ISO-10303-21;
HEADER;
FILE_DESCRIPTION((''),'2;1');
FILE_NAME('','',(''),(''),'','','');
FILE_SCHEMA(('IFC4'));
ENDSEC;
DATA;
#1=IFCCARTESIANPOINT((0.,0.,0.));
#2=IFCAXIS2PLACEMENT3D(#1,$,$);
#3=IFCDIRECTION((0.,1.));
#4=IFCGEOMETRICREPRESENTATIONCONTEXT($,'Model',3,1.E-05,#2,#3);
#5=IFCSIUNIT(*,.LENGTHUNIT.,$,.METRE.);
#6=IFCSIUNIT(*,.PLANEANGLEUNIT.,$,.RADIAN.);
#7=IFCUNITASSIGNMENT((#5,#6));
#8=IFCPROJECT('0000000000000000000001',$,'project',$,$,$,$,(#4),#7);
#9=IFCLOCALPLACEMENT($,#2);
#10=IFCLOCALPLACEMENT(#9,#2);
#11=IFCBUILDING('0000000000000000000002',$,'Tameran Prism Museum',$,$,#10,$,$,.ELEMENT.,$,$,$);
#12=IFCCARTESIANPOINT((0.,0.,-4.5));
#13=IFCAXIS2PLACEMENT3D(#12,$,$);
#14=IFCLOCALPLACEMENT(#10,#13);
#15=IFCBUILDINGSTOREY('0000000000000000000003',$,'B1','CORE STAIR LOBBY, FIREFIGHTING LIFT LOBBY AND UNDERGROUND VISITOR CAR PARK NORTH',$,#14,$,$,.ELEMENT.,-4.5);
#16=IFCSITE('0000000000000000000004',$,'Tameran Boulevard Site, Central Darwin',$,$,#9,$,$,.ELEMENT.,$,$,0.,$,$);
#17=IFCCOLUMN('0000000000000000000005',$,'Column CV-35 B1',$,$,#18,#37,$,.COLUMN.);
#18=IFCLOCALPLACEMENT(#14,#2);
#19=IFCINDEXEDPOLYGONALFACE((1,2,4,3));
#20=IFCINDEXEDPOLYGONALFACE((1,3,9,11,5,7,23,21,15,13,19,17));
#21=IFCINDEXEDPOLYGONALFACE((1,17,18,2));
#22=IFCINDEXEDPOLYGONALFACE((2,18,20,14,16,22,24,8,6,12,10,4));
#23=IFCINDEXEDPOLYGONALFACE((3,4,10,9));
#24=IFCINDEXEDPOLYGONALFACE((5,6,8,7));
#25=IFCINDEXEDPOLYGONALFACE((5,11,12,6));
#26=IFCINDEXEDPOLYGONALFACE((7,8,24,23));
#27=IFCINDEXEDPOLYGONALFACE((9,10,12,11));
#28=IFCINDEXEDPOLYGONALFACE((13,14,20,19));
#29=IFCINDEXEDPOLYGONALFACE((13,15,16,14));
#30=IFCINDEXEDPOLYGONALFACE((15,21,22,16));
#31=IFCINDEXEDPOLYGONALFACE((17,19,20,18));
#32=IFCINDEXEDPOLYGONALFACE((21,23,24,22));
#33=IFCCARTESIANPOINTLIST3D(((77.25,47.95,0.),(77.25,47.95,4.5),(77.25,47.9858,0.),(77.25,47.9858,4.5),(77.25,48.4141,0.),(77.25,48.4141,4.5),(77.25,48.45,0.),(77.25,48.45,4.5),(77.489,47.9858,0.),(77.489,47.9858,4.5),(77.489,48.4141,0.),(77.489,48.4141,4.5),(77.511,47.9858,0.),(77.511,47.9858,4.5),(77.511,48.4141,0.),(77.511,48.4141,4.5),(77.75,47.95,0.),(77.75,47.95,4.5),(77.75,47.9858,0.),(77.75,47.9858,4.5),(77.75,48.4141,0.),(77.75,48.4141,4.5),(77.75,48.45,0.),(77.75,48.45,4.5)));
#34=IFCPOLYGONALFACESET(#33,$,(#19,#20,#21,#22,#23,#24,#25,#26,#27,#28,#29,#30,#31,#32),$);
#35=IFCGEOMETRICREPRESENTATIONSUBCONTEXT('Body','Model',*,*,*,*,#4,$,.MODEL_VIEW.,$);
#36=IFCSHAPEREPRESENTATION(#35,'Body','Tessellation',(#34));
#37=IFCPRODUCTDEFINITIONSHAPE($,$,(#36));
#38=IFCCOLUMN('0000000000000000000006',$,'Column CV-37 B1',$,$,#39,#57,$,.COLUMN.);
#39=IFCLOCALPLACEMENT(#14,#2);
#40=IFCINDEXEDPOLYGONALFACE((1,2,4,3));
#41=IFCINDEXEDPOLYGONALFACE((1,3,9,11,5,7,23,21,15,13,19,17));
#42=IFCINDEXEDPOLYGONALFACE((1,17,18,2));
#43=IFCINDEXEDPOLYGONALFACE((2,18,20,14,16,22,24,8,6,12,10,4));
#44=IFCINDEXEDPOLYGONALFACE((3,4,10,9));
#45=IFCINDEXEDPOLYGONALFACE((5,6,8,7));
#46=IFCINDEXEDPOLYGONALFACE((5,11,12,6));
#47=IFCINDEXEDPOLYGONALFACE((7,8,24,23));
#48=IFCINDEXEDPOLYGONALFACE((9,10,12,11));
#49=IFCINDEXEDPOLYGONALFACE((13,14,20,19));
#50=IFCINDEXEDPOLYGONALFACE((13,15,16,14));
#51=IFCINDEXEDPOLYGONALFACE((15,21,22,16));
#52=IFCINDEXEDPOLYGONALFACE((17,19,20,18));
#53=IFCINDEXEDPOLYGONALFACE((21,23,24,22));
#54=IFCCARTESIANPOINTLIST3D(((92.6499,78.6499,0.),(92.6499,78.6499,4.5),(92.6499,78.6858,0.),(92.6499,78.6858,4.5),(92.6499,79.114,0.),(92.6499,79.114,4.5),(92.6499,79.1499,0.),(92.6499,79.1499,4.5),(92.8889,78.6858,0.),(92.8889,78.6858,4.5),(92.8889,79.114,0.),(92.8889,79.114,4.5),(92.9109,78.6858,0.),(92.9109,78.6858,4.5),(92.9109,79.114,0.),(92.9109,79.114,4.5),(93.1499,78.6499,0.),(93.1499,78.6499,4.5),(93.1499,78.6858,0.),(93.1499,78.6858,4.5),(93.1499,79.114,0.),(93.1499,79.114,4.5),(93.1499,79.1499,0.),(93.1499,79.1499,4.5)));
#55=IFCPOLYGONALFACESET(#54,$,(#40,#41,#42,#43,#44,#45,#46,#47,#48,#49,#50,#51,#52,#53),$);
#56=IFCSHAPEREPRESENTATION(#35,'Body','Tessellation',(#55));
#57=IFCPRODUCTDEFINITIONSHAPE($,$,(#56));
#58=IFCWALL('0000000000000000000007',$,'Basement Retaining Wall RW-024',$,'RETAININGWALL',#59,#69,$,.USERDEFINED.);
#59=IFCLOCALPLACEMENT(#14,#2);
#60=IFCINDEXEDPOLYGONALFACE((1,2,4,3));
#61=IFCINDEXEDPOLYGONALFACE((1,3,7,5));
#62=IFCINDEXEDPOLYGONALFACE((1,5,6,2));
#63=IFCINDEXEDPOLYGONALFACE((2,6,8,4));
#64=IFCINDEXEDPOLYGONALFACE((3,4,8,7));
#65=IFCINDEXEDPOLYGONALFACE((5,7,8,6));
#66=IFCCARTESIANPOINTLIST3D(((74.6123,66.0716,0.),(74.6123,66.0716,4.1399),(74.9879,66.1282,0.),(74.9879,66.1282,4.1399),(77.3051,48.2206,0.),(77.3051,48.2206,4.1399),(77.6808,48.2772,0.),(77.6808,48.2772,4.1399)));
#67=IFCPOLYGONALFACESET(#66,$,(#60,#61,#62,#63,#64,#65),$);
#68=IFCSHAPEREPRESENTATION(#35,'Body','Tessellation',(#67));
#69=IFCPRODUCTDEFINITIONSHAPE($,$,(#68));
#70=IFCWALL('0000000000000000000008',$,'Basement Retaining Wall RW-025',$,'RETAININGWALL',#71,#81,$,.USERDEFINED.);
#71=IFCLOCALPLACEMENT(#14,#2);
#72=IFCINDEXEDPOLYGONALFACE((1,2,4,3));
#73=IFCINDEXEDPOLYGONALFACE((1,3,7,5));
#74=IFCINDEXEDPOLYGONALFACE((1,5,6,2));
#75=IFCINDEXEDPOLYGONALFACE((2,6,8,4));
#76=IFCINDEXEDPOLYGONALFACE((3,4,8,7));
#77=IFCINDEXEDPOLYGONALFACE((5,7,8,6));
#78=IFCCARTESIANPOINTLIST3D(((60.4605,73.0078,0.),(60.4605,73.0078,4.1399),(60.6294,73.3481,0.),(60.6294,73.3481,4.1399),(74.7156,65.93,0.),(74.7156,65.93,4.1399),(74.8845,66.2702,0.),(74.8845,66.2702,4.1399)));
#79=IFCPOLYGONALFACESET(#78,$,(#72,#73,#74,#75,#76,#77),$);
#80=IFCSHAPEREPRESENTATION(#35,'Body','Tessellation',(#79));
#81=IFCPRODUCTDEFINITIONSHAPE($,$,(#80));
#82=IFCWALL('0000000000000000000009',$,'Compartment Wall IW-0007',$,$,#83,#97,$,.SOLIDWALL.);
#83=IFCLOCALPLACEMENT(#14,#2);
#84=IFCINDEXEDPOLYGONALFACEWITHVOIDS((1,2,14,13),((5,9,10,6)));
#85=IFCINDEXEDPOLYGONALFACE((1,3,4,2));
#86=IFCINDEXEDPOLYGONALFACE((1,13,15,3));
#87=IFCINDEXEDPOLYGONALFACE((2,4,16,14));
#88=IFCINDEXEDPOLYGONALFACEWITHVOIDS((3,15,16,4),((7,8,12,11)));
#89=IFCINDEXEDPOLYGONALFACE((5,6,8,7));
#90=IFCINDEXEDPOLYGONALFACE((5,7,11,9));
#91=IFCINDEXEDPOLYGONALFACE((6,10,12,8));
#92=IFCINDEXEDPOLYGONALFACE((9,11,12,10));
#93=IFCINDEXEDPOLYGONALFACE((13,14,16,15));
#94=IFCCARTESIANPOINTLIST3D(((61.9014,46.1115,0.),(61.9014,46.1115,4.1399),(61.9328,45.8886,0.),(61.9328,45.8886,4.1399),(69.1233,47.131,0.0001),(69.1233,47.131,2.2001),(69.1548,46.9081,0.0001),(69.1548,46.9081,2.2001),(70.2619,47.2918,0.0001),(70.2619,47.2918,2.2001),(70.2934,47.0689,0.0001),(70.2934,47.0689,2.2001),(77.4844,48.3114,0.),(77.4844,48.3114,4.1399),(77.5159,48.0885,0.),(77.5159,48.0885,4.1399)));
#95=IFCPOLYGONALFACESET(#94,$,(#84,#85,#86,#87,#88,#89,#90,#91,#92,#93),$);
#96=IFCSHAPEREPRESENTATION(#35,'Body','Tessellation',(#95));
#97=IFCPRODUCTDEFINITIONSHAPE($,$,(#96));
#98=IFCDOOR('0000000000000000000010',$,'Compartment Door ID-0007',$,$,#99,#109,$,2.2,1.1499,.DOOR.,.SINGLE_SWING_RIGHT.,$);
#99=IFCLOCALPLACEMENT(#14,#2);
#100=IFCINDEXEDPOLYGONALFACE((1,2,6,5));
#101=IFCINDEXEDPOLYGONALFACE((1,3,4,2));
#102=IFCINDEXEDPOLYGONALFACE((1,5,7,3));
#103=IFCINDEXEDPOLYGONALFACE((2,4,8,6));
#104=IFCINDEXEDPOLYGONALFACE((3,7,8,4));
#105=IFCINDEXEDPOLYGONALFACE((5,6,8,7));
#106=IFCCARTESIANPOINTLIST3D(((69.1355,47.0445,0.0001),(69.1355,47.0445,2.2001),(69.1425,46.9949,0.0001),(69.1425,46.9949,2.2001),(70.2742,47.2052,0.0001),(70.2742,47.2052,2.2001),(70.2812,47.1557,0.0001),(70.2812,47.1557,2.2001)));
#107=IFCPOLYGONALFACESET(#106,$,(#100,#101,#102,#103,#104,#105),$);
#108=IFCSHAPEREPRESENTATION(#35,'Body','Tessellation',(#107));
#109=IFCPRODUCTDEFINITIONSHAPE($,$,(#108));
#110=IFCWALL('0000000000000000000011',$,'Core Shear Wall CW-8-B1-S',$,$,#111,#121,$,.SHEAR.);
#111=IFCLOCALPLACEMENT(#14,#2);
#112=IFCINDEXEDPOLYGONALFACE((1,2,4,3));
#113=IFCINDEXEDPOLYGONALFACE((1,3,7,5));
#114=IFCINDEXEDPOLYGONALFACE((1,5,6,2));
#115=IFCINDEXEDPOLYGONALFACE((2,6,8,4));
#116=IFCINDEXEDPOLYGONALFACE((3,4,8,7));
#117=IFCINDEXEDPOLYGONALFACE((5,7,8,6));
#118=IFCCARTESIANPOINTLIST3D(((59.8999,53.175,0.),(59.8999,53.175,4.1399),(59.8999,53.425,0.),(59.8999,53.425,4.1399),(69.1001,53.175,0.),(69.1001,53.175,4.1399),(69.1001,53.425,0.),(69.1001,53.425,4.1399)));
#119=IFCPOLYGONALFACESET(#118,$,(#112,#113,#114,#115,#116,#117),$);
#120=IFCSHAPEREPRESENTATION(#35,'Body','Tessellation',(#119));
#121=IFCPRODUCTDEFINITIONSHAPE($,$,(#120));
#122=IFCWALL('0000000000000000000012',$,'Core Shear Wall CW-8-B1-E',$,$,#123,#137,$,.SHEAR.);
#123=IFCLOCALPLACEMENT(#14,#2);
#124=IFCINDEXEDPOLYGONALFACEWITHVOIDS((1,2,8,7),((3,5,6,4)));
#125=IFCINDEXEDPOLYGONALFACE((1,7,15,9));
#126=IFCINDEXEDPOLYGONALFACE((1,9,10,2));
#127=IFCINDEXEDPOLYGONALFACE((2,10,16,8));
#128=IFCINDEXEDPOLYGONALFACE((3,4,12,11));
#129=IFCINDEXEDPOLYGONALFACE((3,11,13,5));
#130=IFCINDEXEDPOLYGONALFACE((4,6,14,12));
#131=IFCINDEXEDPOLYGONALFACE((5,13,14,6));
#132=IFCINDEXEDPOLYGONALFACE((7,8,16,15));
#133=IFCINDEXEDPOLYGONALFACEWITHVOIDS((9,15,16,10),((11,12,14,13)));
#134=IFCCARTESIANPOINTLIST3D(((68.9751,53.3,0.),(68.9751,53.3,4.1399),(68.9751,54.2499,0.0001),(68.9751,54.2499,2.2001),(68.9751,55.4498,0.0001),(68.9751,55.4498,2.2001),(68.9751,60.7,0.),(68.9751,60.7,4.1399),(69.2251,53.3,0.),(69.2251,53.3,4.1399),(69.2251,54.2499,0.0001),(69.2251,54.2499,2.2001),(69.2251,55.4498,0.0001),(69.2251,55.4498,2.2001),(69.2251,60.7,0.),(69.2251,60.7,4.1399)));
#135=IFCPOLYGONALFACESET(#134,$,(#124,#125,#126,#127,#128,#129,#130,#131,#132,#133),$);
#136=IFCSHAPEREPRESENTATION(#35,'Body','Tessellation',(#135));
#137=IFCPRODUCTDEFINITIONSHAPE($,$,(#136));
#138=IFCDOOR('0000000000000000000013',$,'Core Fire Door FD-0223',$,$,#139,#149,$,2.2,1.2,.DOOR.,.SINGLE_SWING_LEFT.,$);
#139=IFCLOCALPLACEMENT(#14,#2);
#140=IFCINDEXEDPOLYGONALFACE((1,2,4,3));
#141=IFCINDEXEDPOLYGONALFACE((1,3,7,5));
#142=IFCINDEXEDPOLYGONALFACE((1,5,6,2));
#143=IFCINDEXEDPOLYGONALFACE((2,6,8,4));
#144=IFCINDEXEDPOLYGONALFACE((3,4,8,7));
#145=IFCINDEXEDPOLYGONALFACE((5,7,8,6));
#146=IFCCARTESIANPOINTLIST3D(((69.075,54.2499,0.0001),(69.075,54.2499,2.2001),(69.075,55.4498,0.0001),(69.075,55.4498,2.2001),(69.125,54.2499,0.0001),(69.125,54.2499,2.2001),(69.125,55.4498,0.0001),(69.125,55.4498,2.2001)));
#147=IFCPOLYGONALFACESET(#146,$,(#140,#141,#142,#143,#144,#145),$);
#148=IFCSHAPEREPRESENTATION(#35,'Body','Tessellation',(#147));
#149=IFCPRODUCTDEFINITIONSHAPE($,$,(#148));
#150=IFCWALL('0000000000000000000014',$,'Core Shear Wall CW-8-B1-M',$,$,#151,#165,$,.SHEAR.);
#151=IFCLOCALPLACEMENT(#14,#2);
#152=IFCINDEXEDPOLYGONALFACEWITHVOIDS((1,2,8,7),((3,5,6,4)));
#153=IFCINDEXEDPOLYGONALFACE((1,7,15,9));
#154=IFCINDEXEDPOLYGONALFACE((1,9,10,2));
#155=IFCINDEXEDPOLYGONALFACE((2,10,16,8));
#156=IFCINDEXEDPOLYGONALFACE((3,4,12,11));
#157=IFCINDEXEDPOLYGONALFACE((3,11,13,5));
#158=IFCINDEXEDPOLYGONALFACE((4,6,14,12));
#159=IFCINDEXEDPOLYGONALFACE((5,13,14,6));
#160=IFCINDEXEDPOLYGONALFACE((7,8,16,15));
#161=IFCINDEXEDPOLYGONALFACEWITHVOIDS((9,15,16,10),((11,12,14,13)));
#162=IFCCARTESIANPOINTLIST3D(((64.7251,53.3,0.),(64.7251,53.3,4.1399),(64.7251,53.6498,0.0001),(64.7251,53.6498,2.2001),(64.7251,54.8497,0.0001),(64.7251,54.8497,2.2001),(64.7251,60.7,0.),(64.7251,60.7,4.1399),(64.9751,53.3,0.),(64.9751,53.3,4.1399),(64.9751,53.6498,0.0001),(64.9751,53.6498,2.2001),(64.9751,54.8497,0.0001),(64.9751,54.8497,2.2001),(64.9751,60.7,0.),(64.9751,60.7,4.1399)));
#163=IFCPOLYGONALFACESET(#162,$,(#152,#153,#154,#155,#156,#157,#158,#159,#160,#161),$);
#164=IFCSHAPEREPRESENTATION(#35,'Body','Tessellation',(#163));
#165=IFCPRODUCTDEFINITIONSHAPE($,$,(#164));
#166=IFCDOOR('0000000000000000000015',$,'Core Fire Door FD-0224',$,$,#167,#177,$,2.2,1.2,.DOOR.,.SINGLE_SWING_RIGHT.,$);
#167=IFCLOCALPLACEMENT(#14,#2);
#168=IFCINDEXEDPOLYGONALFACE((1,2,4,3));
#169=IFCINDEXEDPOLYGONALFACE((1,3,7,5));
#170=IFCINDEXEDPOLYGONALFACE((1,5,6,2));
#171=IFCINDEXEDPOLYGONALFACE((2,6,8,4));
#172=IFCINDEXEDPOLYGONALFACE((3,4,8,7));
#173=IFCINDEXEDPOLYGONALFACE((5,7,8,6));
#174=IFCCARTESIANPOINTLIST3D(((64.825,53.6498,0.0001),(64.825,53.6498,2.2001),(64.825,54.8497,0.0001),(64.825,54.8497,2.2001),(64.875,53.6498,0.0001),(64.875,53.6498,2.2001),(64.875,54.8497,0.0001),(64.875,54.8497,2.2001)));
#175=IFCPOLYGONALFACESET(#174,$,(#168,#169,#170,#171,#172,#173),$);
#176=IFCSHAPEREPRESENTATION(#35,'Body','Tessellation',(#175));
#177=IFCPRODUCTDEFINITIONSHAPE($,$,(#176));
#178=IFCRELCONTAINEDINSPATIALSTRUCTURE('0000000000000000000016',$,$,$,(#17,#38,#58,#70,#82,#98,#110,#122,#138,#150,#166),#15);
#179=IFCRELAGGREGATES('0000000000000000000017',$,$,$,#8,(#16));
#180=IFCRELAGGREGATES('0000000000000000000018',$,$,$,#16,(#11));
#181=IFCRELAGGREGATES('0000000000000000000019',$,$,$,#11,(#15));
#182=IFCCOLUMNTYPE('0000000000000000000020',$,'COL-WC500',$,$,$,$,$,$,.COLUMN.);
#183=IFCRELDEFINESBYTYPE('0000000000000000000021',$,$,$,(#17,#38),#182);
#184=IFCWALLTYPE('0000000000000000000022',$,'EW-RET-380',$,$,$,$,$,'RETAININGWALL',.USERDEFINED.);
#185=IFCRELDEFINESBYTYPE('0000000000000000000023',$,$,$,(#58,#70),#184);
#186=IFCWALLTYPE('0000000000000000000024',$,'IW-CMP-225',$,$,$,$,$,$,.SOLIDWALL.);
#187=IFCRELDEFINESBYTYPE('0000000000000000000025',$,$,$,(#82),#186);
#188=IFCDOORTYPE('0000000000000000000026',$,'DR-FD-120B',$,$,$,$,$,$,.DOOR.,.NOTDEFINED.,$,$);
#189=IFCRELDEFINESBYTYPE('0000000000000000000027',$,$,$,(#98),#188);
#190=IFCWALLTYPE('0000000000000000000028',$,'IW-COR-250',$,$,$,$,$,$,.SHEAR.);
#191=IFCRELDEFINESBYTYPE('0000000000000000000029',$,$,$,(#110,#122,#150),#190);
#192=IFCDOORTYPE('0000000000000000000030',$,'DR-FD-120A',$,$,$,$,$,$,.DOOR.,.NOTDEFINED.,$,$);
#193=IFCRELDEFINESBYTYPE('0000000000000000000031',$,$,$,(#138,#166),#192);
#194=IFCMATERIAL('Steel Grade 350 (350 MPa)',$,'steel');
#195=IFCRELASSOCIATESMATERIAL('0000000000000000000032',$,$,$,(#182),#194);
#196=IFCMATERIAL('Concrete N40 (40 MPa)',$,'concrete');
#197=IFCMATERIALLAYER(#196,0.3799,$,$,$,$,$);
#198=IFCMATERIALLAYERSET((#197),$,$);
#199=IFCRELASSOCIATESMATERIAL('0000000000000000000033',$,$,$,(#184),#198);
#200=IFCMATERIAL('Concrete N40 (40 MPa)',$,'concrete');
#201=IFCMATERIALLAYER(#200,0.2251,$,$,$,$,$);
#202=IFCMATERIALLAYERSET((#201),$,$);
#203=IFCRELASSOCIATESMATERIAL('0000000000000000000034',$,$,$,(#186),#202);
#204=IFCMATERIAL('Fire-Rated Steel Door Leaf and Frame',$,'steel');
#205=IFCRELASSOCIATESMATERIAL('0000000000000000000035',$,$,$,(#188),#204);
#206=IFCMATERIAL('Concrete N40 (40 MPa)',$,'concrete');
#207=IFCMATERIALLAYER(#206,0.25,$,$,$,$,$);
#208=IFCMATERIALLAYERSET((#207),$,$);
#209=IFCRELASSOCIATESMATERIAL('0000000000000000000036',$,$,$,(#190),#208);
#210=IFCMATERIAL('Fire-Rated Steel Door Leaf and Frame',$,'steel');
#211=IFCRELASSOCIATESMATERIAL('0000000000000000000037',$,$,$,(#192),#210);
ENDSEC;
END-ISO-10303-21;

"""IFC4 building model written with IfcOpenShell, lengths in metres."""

from ifc_helpers import new_model, si_unit, direction, frame, frame_2d, origin, origin_2d, place, context, subcontext, project, spatial, rectangle, i_section, extrude, material, layer, layer_set, material_profile, profile_set, type_object, element, fill, save


model = new_model("IFC4")

# Units and contexts
model_context = context("Model", 3, precision=1e-05, world=origin(), true_north=direction((0.0, 1.0)))
body_context = subcontext(model_context, "Body", "Model", "MODEL_VIEW")
ifc_project = project(units=[si_unit("LENGTHUNIT", "METRE"), si_unit("PLANEANGLEUNIT", "RADIAN")], contexts=[model_context])

# Site, building, storey
site_placement = place(None, origin())
site = spatial("IfcSite", under=ifc_project, at=site_placement, Name="Tameran Boulevard Site, Central Darwin", CompositionType="ELEMENT", RefElevation=0.0)
building_placement = place(site_placement, origin())
building = spatial("IfcBuilding", under=site, at=building_placement, Name="Tameran Prism Museum", CompositionType="ELEMENT")
storey_placement = place(building_placement, frame((0.0, 0.0, -4.5)))
storey = spatial("IfcBuildingStorey", under=building, at=storey_placement, Name="B1", Description="CORE STAIR LOBBY, FIREFIGHTING LIFT LOBBY AND UNDERGROUND VISITOR CAR PARK NORTH", CompositionType="ELEMENT", Elevation=-4.5)

# Columns
ifc_material_1 = material(Name="Steel Grade 350 (350 MPa)", Category="steel")
ifc_material_profile_1 = material_profile(ifc_material_1, i_section(OverallWidth=0.5, OverallDepth=0.5, WebThickness=0.022, FlangeThickness=0.0359, at=origin_2d()))
ifc_profile_set_1 = profile_set([ifc_material_profile_1])
column_type_1 = type_object("IfcColumnType", Name="COL-WC500", PredefinedType="COLUMN", material=ifc_profile_set_1)
for number, where, z_axis, x_axis, name in (
    (1, (77.5, 48.2, 0.0), (0.0, 0.0, 1.0), (1.0, 0.0, 0.0), "Column CV-35 B1"),
    (2, (92.8999, 78.8999, 0.0), (0.0, 0.0, 1.0), (1.0, 0.0, 0.0), "Column CV-37 B1"),
):
    element("IfcColumn", number, at=place(storey_placement, frame(where, z_axis=z_axis, x_axis=x_axis)), inside=storey, type_object=column_type_1, Name=name, PredefinedType="COLUMN", context=body_context, shape_type="SweptSolid", body=[
        extrude(i_section(OverallWidth=0.5, OverallDepth=0.5, WebThickness=0.022, FlangeThickness=0.0359, at=origin_2d()), origin(), (0.0, 0.0, 1.0), 4.5),
    ])

# Walls
ifc_material_2 = material(Name="Concrete N40 (40 MPa)", Category="concrete")
ifc_layer_1 = layer(ifc_material_2, 0.3799)
ifc_layer_set_1 = layer_set([ifc_layer_1])
wall_type_1 = type_object("IfcWallType", Name="EW-RET-380", ElementType="RETAININGWALL", PredefinedType="USERDEFINED", material=ifc_layer_set_1)
wall_1_placement = place(storey_placement, frame((77.4929, 48.249, 0.0), z_axis=(0.0, 0.0, 1.0), x_axis=(-0.149164, 0.988812, 0.0)))
element("IfcWall", 3, at=wall_1_placement, inside=storey, type_object=wall_type_1, Name="Basement Retaining Wall RW-024", ObjectType="RETAININGWALL", PredefinedType="USERDEFINED", context=body_context, shape_type="SweptSolid", body=[
    extrude(rectangle(XDim=18.053, YDim=0.3799, at=frame_2d((9.0264, 0.0))), origin(), (0.0, 0.0, 1.0), 4.1399),
])
wall_2_placement = place(storey_placement, frame((74.8, 66.1001, 0.0), z_axis=(0.0, 0.0, 1.0), x_axis=(-0.895672, 0.444715, 0.0)))
element("IfcWall", 4, at=wall_2_placement, inside=storey, type_object=wall_type_1, Name="Basement Retaining Wall RW-025", ObjectType="RETAININGWALL", PredefinedType="USERDEFINED", context=body_context, shape_type="SweptSolid", body=[
    extrude(rectangle(XDim=15.9155, YDim=0.3799, at=frame_2d((7.9578, 0.0))), origin(), (0.0, 0.0, 1.0), 4.1399),
])

# Wall, opening, door
ifc_material_3 = material(Name="Concrete N40 (40 MPa)", Category="concrete")
ifc_layer_2 = layer(ifc_material_3, 0.2251)
ifc_layer_set_2 = layer_set([ifc_layer_2])
wall_type_2 = type_object("IfcWallType", Name="IW-CMP-225", PredefinedType="SOLIDWALL", material=ifc_layer_set_2)
wall_3_placement = place(storey_placement, frame((77.5, 48.2, 0.0), z_axis=(0.0, 0.0, 1.0), x_axis=(-0.990181, -0.13979, 0.0)))
wall_3 = element("IfcWall", 5, at=wall_3_placement, inside=storey, type_object=wall_type_2, Name="Compartment Wall IW-0007", PredefinedType="SOLIDWALL", context=body_context, shape_type="SweptSolid", body=[
    extrude(rectangle(XDim=15.7375, YDim=0.2251, at=frame_2d((7.8687, 0.0))), origin(), (0.0, 0.0, 1.0), 4.1399),
])
opening_1_placement = place(wall_3_placement, frame((7.2939, 0.0, 0.0)))
opening_1 = element("IfcOpeningElement", 6, at=opening_1_placement, cuts=wall_3, PredefinedType="OPENING", context=body_context, shape_type="SweptSolid", body=[
    extrude(rectangle(XDim=1.1499, YDim=2.2, at=frame_2d((0.575, 1.1001))), frame((0.0, 0.1226, 0.0), z_axis=(0.0, -1.0, 0.0), x_axis=(1.0, 0.0, 0.0)), (0.0, 0.0, 1.0), 0.2451),
])
ifc_material_4 = material(Name="Fire-Rated Steel Door Leaf and Frame", Category="steel")
door_type_1 = type_object("IfcDoorType", Name="DR-FD-120B", OperationType="NOTDEFINED", PredefinedType="DOOR", material=ifc_material_4)
door_1_placement = place(opening_1_placement, origin())
door_1 = element("IfcDoor", 7, at=door_1_placement, inside=storey, type_object=door_type_1, Name="Compartment Door ID-0007", OperationType="SINGLE_SWING_RIGHT", OverallHeight=2.2, OverallWidth=1.1499, PredefinedType="DOOR", context=body_context, shape_type="SweptSolid", body=[
    extrude(rectangle(XDim=1.1499, YDim=2.2, at=frame_2d((0.575, 1.1001))), frame((0.0, 0.0249, 0.0), z_axis=(0.0, -1.0, 0.0), x_axis=(1.0, 0.0, 0.0)), (0.0, 0.0, 1.0), 0.05),
])
fill(opening_1, door_1)

# Wall
ifc_material_5 = material(Name="Concrete N40 (40 MPa)", Category="concrete")
ifc_layer_3 = layer(ifc_material_5, 0.25)
ifc_layer_set_3 = layer_set([ifc_layer_3])
wall_type_3 = type_object("IfcWallType", Name="IW-COR-250", PredefinedType="SHEAR", material=ifc_layer_set_3)
wall_4_placement = place(storey_placement, frame((69.1001, 53.3, 0.0), z_axis=(0.0, 0.0, 1.0), x_axis=(-1.0, 0.0, 0.0)))
element("IfcWall", 8, at=wall_4_placement, inside=storey, type_object=wall_type_3, Name="Core Shear Wall CW-8-B1-S", PredefinedType="SHEAR", context=body_context, shape_type="SweptSolid", body=[
    extrude(rectangle(XDim=9.2002, YDim=0.25, at=frame_2d((4.6001, 0.0))), origin(), (0.0, 0.0, 1.0), 4.1399),
])

# Walls, openings, doors
wall_5_placement = place(storey_placement, frame((69.1001, 60.7, 0.0), z_axis=(0.0, 0.0, 1.0), x_axis=(0.0, -1.0, 0.0)))
wall_5 = element("IfcWall", 9, at=wall_5_placement, inside=storey, type_object=wall_type_3, Name="Core Shear Wall CW-8-B1-E", PredefinedType="SHEAR", context=body_context, shape_type="SweptSolid", body=[
    extrude(rectangle(XDim=7.3999, YDim=0.25, at=frame_2d((3.7, 0.0))), origin(), (0.0, 0.0, 1.0), 4.1399),
])
opening_2_placement = place(wall_5_placement, frame((5.25, 0.0, 0.0)))
opening_2 = element("IfcOpeningElement", 10, at=opening_2_placement, cuts=wall_5, PredefinedType="OPENING", context=body_context, shape_type="SweptSolid", body=[
    extrude(rectangle(XDim=1.2, YDim=2.2, at=frame_2d((0.6001, 1.1001))), frame((0.0, 0.135, 0.0), z_axis=(0.0, -1.0, 0.0), x_axis=(1.0, 0.0, 0.0)), (0.0, 0.0, 1.0), 0.27),
])
ifc_material_6 = material(Name="Fire-Rated Steel Door Leaf and Frame", Category="steel")
door_type_2 = type_object("IfcDoorType", Name="DR-FD-120A", OperationType="NOTDEFINED", PredefinedType="DOOR", material=ifc_material_6)
door_2_placement = place(opening_2_placement, origin())
door_2 = element("IfcDoor", 11, at=door_2_placement, inside=storey, type_object=door_type_2, Name="Core Fire Door FD-0223", OperationType="SINGLE_SWING_LEFT", OverallHeight=2.2, OverallWidth=1.2, PredefinedType="DOOR", context=body_context, shape_type="SweptSolid", body=[
    extrude(rectangle(XDim=1.2, YDim=2.2, at=frame_2d((0.6001, 1.1001))), frame((0.0, 0.0249, 0.0), z_axis=(0.0, -1.0, 0.0), x_axis=(1.0, 0.0, 0.0)), (0.0, 0.0, 1.0), 0.05),
])
fill(opening_2, door_2)
wall_6_placement = place(storey_placement, frame((64.8501, 60.7, 0.0), z_axis=(0.0, 0.0, 1.0), x_axis=(0.0, -1.0, 0.0)))
wall_6 = element("IfcWall", 12, at=wall_6_placement, inside=storey, type_object=wall_type_3, Name="Core Shear Wall CW-8-B1-M", PredefinedType="SHEAR", context=body_context, shape_type="SweptSolid", body=[
    extrude(rectangle(XDim=7.3999, YDim=0.25, at=frame_2d((3.7, 0.0))), origin(), (0.0, 0.0, 1.0), 4.1399),
])
opening_3_placement = place(wall_6_placement, frame((5.8501, 0.0, 0.0)))
opening_3 = element("IfcOpeningElement", 13, at=opening_3_placement, cuts=wall_6, PredefinedType="OPENING", context=body_context, shape_type="SweptSolid", body=[
    extrude(rectangle(XDim=1.2, YDim=2.2, at=frame_2d((0.6001, 1.1001))), frame((0.0, 0.135, 0.0), z_axis=(0.0, -1.0, 0.0), x_axis=(1.0, 0.0, 0.0)), (0.0, 0.0, 1.0), 0.27),
])
door_3_placement = place(opening_3_placement, origin())
door_3 = element("IfcDoor", 14, at=door_3_placement, inside=storey, type_object=door_type_2, Name="Core Fire Door FD-0224", OperationType="SINGLE_SWING_RIGHT", OverallHeight=2.2, OverallWidth=1.2, PredefinedType="DOOR", context=body_context, shape_type="SweptSolid", body=[
    extrude(rectangle(XDim=1.2, YDim=2.2, at=frame_2d((0.6001, 1.1001))), frame((0.0, 0.0249, 0.0), z_axis=(0.0, -1.0, 0.0), x_axis=(1.0, 0.0, 0.0)), (0.0, 0.0, 1.0), 0.05),
])
fill(opening_3, door_3)

save(model, "model.ifc")
